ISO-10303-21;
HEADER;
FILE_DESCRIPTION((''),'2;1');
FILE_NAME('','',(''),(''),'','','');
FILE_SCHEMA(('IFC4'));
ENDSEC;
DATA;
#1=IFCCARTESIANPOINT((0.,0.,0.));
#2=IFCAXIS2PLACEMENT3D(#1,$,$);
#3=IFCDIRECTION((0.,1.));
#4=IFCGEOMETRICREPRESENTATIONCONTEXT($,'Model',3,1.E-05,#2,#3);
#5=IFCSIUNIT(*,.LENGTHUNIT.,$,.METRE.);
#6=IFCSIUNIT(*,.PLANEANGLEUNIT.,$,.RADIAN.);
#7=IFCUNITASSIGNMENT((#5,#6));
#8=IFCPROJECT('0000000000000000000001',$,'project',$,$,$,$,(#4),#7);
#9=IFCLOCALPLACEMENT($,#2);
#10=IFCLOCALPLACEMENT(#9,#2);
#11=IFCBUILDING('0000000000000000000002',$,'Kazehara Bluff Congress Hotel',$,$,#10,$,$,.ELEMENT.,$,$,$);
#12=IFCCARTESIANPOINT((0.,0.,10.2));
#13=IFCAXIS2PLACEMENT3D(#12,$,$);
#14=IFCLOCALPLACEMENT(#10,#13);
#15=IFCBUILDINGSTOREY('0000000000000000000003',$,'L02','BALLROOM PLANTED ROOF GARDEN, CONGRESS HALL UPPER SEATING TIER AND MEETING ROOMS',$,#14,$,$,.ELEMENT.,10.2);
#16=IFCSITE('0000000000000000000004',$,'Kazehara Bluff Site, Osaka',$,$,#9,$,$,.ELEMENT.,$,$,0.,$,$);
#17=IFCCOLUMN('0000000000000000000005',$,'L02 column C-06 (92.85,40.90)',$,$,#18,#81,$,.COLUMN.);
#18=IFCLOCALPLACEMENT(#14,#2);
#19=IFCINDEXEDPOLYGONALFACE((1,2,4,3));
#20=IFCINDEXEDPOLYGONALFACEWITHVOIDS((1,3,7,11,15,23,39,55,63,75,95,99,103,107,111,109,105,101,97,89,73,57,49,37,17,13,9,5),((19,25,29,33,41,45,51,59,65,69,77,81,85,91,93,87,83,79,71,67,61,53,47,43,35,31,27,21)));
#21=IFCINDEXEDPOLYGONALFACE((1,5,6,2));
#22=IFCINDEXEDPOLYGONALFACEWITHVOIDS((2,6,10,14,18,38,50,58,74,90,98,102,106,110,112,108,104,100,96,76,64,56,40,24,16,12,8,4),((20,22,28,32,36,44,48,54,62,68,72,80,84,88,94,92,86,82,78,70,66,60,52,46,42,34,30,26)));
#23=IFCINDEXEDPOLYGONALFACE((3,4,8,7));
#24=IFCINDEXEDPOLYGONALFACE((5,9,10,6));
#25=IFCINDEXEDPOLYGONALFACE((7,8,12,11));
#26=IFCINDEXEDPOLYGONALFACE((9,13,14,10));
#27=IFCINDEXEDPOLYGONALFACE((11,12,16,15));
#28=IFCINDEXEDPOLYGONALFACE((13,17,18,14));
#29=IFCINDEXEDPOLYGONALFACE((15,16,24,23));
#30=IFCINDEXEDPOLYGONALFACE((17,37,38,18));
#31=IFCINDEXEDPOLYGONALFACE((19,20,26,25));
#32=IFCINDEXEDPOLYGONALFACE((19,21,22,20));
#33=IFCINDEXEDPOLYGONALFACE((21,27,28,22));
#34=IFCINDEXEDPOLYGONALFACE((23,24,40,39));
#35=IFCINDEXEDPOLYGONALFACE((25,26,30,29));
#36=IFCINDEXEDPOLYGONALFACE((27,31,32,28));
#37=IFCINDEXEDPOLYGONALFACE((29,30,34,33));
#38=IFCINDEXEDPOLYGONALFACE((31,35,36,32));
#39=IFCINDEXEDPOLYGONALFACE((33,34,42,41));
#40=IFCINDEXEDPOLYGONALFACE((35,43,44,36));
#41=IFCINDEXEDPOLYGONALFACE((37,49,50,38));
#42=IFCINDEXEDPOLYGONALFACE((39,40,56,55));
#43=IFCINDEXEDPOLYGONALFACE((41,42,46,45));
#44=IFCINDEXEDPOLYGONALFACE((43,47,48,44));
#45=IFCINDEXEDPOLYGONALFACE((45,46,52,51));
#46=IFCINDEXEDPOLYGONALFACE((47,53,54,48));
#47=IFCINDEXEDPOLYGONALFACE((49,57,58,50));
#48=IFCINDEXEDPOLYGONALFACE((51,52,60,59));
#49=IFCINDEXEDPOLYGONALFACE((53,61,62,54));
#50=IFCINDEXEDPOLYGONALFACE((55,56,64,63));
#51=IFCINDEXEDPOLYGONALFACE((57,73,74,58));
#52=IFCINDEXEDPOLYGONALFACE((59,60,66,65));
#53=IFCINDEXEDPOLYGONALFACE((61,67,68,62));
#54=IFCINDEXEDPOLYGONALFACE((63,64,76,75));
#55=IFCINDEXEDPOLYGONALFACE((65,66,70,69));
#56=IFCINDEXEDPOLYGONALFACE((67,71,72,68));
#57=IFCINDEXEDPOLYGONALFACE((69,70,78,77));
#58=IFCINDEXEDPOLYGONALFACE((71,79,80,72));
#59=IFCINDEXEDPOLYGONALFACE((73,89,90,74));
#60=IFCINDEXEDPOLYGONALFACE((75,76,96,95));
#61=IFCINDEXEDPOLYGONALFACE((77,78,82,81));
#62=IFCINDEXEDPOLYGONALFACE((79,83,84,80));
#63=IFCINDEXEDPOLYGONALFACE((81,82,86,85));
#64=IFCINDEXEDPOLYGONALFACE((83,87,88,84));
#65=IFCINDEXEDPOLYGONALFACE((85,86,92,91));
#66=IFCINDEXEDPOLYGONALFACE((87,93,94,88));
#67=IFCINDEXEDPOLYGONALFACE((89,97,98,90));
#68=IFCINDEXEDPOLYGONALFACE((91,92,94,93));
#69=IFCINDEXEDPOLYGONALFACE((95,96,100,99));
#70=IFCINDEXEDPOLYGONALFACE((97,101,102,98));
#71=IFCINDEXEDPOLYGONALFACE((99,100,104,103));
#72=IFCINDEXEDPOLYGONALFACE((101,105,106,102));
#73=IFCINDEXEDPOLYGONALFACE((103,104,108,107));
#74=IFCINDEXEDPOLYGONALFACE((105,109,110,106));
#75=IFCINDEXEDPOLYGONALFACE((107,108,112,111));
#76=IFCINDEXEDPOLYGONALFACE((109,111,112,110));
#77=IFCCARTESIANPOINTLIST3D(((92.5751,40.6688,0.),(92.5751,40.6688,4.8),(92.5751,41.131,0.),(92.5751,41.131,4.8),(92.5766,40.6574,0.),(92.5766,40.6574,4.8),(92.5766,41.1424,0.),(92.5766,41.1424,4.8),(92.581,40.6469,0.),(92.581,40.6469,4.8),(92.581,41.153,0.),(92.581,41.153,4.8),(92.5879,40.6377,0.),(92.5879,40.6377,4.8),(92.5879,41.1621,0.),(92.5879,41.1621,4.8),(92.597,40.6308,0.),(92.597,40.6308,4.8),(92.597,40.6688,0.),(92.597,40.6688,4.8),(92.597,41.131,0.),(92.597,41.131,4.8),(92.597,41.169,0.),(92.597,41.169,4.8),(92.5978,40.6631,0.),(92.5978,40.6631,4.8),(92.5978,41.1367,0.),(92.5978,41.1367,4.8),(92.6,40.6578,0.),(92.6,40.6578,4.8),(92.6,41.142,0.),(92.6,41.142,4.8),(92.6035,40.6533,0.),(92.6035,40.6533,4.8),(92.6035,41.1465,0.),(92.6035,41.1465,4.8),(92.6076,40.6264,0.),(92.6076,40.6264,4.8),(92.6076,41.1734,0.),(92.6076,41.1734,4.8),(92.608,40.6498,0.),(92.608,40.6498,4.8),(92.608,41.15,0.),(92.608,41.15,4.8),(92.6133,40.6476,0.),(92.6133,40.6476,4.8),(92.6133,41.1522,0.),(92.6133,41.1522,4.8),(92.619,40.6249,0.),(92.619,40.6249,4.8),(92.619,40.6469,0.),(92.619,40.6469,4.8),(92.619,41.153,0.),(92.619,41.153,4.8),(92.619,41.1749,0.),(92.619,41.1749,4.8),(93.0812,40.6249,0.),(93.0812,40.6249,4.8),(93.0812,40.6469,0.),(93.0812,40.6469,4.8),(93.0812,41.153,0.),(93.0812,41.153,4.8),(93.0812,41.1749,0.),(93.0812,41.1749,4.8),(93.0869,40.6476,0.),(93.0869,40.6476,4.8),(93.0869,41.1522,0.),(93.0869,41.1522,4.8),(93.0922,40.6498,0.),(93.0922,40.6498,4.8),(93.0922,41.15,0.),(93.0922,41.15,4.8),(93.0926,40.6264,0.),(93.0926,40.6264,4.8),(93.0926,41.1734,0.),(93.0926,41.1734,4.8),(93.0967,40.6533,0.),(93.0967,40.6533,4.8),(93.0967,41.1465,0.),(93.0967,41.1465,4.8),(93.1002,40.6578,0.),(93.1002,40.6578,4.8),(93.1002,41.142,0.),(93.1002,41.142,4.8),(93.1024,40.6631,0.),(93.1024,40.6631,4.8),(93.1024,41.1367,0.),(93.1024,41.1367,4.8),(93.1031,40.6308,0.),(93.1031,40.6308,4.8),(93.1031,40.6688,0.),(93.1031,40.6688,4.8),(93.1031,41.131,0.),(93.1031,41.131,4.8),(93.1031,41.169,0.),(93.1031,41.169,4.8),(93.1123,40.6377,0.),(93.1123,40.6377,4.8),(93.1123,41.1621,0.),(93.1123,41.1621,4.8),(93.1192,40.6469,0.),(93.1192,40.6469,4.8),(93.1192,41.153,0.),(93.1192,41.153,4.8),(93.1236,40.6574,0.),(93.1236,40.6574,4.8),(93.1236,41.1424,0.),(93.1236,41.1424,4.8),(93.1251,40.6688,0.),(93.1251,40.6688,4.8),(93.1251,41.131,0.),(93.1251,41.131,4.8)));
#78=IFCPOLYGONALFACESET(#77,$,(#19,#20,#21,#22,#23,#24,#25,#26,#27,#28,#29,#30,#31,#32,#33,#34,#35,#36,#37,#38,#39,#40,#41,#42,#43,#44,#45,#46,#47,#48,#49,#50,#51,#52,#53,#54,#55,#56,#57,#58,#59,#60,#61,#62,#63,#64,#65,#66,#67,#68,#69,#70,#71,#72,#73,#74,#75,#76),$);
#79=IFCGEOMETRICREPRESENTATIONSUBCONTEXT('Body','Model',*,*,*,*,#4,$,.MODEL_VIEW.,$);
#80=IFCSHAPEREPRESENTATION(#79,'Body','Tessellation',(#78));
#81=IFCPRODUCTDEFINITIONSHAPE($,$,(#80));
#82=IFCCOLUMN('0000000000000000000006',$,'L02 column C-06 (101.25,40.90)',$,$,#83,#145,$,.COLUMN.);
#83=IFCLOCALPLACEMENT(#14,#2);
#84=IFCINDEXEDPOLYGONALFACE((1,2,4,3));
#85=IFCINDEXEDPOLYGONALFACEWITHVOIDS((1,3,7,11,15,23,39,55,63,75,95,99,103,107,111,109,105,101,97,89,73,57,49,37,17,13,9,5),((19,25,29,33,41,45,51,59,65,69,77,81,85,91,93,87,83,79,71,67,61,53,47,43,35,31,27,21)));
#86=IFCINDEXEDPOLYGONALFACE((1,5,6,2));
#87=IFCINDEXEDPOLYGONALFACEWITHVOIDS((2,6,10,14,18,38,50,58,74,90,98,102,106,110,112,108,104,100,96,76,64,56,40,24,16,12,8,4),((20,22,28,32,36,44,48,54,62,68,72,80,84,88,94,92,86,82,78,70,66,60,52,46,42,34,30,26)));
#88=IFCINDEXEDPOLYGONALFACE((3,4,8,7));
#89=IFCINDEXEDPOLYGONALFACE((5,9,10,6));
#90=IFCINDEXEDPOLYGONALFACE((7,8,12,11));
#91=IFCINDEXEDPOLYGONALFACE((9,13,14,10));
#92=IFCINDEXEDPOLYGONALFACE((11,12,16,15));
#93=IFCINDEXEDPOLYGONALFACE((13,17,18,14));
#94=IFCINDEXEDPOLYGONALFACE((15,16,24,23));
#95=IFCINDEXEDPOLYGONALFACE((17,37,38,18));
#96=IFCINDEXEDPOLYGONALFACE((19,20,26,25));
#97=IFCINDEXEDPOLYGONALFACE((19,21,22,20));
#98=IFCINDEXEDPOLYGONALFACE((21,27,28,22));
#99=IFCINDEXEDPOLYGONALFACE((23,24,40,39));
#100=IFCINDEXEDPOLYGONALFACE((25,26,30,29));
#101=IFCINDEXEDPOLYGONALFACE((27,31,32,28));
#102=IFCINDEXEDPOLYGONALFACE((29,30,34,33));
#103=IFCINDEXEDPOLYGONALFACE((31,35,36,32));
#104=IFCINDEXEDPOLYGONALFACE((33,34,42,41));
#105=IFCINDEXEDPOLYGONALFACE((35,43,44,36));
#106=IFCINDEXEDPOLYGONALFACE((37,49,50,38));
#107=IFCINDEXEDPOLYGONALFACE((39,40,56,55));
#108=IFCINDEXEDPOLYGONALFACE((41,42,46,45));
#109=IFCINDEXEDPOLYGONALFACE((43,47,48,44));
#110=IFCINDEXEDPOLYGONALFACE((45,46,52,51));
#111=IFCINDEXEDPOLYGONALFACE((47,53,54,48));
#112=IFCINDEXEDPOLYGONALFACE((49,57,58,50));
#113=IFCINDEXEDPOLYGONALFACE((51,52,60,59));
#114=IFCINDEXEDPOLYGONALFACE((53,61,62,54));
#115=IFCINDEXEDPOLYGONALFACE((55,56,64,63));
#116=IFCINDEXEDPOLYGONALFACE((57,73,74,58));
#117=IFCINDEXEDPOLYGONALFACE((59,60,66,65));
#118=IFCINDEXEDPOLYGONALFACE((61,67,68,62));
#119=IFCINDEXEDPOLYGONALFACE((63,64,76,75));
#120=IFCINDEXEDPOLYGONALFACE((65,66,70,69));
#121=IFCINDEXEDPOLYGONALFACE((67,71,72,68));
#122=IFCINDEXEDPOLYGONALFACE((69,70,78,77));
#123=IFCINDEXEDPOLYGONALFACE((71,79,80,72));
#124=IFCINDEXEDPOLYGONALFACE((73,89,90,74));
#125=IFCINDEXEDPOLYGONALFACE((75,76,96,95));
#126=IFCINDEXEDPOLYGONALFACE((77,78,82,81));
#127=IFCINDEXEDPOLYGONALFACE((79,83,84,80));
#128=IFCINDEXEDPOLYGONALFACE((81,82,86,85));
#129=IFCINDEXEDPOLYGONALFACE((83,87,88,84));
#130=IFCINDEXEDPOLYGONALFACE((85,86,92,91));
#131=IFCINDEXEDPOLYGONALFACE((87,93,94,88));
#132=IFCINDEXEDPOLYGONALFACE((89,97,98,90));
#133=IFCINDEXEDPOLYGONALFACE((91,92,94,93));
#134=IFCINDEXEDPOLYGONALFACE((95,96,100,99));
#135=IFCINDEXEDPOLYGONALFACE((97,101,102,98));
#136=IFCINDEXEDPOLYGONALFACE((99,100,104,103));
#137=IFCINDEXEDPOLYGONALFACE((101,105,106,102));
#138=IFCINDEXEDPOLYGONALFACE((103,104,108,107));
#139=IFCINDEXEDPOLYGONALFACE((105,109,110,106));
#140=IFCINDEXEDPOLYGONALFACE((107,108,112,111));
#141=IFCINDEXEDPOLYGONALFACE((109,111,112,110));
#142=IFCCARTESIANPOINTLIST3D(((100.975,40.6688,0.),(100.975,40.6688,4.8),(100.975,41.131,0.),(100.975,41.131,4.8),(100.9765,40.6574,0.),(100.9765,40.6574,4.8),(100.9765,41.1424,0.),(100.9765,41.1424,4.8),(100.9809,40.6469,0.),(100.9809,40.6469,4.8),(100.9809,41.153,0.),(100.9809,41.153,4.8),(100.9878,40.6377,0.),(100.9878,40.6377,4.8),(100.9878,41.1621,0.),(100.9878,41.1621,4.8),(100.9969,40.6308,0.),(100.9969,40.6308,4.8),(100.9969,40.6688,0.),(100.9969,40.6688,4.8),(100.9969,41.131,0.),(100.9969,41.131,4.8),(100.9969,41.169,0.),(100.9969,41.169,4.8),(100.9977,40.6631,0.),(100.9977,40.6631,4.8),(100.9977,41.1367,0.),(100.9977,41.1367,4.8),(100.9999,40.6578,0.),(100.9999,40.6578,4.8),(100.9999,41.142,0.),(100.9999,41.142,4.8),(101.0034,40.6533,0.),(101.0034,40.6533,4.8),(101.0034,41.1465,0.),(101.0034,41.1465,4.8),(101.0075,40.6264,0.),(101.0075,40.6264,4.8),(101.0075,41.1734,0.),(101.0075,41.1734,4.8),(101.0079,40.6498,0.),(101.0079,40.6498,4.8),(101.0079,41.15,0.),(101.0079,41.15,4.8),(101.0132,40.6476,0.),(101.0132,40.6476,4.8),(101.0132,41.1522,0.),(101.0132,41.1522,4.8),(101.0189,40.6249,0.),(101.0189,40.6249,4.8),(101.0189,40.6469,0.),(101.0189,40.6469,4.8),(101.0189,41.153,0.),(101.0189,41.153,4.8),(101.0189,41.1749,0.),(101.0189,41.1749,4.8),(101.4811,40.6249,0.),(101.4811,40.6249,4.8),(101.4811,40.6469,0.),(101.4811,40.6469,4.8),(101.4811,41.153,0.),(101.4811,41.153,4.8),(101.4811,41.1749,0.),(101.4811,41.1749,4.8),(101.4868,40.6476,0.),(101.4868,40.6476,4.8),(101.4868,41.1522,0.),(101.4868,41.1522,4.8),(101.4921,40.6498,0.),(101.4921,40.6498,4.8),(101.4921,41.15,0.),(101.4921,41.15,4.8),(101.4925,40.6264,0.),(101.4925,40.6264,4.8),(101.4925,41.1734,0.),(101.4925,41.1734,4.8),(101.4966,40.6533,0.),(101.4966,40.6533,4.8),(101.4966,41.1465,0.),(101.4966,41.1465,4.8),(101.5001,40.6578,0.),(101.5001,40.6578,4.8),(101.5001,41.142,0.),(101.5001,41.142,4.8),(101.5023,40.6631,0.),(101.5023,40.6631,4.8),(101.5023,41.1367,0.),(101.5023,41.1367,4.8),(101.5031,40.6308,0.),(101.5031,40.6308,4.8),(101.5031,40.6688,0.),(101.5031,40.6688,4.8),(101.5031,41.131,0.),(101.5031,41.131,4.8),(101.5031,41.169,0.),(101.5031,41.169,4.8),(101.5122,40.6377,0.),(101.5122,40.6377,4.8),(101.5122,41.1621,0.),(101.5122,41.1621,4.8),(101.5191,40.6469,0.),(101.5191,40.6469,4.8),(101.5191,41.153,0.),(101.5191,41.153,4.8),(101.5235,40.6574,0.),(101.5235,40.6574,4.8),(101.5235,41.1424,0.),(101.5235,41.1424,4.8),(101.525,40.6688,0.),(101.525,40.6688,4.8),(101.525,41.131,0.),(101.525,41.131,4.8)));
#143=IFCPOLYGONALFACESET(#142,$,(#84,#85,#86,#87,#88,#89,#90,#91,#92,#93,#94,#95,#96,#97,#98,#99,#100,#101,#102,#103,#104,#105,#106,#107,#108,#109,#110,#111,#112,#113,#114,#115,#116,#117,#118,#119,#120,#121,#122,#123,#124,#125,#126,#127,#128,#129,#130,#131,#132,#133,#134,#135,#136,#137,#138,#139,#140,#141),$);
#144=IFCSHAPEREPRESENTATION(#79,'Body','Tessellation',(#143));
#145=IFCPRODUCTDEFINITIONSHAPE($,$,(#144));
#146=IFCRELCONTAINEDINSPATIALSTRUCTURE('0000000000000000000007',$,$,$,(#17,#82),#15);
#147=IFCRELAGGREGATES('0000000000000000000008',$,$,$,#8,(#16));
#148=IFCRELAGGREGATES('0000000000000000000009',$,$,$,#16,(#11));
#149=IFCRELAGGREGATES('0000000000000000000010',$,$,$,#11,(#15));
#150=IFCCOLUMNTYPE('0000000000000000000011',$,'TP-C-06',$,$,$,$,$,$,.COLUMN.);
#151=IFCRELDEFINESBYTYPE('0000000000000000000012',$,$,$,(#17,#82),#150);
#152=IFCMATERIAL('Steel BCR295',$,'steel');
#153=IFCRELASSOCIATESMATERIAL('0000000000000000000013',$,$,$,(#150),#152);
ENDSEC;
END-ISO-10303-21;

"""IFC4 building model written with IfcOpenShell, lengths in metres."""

from ifc_helpers import new_model, si_unit, direction, frame, origin, origin_2d, place, context, subcontext, project, spatial, hollow_rectangle, extrude, material, material_profile, profile_set, type_object, element, save


model = new_model("IFC4")

# Units and contexts
model_context = context("Model", 3, precision=1e-05, world=origin(), true_north=direction((0.0, 1.0)))
body_context = subcontext(model_context, "Body", "Model", "MODEL_VIEW")
ifc_project = project(units=[si_unit("LENGTHUNIT", "METRE"), si_unit("PLANEANGLEUNIT", "RADIAN")], contexts=[model_context])

# Site, building, storey
site_placement = place(None, origin())
site = spatial("IfcSite", under=ifc_project, at=site_placement, Name="Kazehara Bluff Site, Osaka", CompositionType="ELEMENT", RefElevation=0.0)
building_placement = place(site_placement, origin())
building = spatial("IfcBuilding", under=site, at=building_placement, Name="Kazehara Bluff Congress Hotel", CompositionType="ELEMENT")
storey_placement = place(building_placement, frame((0.0, 0.0, 10.2)))
storey = spatial("IfcBuildingStorey", under=building, at=storey_placement, Name="L02", Description="BALLROOM PLANTED ROOF GARDEN, CONGRESS HALL UPPER SEATING TIER AND MEETING ROOMS", CompositionType="ELEMENT", Elevation=10.2)

# Columns
ifc_material_1 = material(Name="Steel BCR295", Category="steel")
ifc_material_profile_1 = material_profile(ifc_material_1, hollow_rectangle(XDim=0.55, YDim=0.55, WallThickness=0.022, InnerFilletRadius=0.022, OuterFilletRadius=0.0439, at=origin_2d()))
ifc_profile_set_1 = profile_set([ifc_material_profile_1], Name="Steel BCR295")
column_type = type_object("IfcColumnType", Name="TP-C-06", PredefinedType="COLUMN", material=ifc_profile_set_1)
for number, where, z_axis, x_axis, name in (
    (1, (92.8501, 40.8999, 0.0), (0.0, 0.0, 1.0), (1.0, 0.0, 0.0), "L02 column C-06 (92.85,40.90)"),
    (2, (101.25, 40.8999, 0.0), (0.0, 0.0, 1.0), (1.0, 0.0, 0.0), "L02 column C-06 (101.25,40.90)"),
):
    element("IfcColumn", number, at=place(storey_placement, frame(where, z_axis=z_axis, x_axis=x_axis)), inside=storey, type_object=column_type, Name=name, PredefinedType="COLUMN", context=body_context, shape_type="SweptSolid", body=[
        extrude(hollow_rectangle(XDim=0.55, YDim=0.55, WallThickness=0.022, InnerFilletRadius=0.022, OuterFilletRadius=0.0439, at=origin_2d()), origin(), (0.0, 0.0, 1.0), 4.8),
    ])

save(model, "model.ifc")
